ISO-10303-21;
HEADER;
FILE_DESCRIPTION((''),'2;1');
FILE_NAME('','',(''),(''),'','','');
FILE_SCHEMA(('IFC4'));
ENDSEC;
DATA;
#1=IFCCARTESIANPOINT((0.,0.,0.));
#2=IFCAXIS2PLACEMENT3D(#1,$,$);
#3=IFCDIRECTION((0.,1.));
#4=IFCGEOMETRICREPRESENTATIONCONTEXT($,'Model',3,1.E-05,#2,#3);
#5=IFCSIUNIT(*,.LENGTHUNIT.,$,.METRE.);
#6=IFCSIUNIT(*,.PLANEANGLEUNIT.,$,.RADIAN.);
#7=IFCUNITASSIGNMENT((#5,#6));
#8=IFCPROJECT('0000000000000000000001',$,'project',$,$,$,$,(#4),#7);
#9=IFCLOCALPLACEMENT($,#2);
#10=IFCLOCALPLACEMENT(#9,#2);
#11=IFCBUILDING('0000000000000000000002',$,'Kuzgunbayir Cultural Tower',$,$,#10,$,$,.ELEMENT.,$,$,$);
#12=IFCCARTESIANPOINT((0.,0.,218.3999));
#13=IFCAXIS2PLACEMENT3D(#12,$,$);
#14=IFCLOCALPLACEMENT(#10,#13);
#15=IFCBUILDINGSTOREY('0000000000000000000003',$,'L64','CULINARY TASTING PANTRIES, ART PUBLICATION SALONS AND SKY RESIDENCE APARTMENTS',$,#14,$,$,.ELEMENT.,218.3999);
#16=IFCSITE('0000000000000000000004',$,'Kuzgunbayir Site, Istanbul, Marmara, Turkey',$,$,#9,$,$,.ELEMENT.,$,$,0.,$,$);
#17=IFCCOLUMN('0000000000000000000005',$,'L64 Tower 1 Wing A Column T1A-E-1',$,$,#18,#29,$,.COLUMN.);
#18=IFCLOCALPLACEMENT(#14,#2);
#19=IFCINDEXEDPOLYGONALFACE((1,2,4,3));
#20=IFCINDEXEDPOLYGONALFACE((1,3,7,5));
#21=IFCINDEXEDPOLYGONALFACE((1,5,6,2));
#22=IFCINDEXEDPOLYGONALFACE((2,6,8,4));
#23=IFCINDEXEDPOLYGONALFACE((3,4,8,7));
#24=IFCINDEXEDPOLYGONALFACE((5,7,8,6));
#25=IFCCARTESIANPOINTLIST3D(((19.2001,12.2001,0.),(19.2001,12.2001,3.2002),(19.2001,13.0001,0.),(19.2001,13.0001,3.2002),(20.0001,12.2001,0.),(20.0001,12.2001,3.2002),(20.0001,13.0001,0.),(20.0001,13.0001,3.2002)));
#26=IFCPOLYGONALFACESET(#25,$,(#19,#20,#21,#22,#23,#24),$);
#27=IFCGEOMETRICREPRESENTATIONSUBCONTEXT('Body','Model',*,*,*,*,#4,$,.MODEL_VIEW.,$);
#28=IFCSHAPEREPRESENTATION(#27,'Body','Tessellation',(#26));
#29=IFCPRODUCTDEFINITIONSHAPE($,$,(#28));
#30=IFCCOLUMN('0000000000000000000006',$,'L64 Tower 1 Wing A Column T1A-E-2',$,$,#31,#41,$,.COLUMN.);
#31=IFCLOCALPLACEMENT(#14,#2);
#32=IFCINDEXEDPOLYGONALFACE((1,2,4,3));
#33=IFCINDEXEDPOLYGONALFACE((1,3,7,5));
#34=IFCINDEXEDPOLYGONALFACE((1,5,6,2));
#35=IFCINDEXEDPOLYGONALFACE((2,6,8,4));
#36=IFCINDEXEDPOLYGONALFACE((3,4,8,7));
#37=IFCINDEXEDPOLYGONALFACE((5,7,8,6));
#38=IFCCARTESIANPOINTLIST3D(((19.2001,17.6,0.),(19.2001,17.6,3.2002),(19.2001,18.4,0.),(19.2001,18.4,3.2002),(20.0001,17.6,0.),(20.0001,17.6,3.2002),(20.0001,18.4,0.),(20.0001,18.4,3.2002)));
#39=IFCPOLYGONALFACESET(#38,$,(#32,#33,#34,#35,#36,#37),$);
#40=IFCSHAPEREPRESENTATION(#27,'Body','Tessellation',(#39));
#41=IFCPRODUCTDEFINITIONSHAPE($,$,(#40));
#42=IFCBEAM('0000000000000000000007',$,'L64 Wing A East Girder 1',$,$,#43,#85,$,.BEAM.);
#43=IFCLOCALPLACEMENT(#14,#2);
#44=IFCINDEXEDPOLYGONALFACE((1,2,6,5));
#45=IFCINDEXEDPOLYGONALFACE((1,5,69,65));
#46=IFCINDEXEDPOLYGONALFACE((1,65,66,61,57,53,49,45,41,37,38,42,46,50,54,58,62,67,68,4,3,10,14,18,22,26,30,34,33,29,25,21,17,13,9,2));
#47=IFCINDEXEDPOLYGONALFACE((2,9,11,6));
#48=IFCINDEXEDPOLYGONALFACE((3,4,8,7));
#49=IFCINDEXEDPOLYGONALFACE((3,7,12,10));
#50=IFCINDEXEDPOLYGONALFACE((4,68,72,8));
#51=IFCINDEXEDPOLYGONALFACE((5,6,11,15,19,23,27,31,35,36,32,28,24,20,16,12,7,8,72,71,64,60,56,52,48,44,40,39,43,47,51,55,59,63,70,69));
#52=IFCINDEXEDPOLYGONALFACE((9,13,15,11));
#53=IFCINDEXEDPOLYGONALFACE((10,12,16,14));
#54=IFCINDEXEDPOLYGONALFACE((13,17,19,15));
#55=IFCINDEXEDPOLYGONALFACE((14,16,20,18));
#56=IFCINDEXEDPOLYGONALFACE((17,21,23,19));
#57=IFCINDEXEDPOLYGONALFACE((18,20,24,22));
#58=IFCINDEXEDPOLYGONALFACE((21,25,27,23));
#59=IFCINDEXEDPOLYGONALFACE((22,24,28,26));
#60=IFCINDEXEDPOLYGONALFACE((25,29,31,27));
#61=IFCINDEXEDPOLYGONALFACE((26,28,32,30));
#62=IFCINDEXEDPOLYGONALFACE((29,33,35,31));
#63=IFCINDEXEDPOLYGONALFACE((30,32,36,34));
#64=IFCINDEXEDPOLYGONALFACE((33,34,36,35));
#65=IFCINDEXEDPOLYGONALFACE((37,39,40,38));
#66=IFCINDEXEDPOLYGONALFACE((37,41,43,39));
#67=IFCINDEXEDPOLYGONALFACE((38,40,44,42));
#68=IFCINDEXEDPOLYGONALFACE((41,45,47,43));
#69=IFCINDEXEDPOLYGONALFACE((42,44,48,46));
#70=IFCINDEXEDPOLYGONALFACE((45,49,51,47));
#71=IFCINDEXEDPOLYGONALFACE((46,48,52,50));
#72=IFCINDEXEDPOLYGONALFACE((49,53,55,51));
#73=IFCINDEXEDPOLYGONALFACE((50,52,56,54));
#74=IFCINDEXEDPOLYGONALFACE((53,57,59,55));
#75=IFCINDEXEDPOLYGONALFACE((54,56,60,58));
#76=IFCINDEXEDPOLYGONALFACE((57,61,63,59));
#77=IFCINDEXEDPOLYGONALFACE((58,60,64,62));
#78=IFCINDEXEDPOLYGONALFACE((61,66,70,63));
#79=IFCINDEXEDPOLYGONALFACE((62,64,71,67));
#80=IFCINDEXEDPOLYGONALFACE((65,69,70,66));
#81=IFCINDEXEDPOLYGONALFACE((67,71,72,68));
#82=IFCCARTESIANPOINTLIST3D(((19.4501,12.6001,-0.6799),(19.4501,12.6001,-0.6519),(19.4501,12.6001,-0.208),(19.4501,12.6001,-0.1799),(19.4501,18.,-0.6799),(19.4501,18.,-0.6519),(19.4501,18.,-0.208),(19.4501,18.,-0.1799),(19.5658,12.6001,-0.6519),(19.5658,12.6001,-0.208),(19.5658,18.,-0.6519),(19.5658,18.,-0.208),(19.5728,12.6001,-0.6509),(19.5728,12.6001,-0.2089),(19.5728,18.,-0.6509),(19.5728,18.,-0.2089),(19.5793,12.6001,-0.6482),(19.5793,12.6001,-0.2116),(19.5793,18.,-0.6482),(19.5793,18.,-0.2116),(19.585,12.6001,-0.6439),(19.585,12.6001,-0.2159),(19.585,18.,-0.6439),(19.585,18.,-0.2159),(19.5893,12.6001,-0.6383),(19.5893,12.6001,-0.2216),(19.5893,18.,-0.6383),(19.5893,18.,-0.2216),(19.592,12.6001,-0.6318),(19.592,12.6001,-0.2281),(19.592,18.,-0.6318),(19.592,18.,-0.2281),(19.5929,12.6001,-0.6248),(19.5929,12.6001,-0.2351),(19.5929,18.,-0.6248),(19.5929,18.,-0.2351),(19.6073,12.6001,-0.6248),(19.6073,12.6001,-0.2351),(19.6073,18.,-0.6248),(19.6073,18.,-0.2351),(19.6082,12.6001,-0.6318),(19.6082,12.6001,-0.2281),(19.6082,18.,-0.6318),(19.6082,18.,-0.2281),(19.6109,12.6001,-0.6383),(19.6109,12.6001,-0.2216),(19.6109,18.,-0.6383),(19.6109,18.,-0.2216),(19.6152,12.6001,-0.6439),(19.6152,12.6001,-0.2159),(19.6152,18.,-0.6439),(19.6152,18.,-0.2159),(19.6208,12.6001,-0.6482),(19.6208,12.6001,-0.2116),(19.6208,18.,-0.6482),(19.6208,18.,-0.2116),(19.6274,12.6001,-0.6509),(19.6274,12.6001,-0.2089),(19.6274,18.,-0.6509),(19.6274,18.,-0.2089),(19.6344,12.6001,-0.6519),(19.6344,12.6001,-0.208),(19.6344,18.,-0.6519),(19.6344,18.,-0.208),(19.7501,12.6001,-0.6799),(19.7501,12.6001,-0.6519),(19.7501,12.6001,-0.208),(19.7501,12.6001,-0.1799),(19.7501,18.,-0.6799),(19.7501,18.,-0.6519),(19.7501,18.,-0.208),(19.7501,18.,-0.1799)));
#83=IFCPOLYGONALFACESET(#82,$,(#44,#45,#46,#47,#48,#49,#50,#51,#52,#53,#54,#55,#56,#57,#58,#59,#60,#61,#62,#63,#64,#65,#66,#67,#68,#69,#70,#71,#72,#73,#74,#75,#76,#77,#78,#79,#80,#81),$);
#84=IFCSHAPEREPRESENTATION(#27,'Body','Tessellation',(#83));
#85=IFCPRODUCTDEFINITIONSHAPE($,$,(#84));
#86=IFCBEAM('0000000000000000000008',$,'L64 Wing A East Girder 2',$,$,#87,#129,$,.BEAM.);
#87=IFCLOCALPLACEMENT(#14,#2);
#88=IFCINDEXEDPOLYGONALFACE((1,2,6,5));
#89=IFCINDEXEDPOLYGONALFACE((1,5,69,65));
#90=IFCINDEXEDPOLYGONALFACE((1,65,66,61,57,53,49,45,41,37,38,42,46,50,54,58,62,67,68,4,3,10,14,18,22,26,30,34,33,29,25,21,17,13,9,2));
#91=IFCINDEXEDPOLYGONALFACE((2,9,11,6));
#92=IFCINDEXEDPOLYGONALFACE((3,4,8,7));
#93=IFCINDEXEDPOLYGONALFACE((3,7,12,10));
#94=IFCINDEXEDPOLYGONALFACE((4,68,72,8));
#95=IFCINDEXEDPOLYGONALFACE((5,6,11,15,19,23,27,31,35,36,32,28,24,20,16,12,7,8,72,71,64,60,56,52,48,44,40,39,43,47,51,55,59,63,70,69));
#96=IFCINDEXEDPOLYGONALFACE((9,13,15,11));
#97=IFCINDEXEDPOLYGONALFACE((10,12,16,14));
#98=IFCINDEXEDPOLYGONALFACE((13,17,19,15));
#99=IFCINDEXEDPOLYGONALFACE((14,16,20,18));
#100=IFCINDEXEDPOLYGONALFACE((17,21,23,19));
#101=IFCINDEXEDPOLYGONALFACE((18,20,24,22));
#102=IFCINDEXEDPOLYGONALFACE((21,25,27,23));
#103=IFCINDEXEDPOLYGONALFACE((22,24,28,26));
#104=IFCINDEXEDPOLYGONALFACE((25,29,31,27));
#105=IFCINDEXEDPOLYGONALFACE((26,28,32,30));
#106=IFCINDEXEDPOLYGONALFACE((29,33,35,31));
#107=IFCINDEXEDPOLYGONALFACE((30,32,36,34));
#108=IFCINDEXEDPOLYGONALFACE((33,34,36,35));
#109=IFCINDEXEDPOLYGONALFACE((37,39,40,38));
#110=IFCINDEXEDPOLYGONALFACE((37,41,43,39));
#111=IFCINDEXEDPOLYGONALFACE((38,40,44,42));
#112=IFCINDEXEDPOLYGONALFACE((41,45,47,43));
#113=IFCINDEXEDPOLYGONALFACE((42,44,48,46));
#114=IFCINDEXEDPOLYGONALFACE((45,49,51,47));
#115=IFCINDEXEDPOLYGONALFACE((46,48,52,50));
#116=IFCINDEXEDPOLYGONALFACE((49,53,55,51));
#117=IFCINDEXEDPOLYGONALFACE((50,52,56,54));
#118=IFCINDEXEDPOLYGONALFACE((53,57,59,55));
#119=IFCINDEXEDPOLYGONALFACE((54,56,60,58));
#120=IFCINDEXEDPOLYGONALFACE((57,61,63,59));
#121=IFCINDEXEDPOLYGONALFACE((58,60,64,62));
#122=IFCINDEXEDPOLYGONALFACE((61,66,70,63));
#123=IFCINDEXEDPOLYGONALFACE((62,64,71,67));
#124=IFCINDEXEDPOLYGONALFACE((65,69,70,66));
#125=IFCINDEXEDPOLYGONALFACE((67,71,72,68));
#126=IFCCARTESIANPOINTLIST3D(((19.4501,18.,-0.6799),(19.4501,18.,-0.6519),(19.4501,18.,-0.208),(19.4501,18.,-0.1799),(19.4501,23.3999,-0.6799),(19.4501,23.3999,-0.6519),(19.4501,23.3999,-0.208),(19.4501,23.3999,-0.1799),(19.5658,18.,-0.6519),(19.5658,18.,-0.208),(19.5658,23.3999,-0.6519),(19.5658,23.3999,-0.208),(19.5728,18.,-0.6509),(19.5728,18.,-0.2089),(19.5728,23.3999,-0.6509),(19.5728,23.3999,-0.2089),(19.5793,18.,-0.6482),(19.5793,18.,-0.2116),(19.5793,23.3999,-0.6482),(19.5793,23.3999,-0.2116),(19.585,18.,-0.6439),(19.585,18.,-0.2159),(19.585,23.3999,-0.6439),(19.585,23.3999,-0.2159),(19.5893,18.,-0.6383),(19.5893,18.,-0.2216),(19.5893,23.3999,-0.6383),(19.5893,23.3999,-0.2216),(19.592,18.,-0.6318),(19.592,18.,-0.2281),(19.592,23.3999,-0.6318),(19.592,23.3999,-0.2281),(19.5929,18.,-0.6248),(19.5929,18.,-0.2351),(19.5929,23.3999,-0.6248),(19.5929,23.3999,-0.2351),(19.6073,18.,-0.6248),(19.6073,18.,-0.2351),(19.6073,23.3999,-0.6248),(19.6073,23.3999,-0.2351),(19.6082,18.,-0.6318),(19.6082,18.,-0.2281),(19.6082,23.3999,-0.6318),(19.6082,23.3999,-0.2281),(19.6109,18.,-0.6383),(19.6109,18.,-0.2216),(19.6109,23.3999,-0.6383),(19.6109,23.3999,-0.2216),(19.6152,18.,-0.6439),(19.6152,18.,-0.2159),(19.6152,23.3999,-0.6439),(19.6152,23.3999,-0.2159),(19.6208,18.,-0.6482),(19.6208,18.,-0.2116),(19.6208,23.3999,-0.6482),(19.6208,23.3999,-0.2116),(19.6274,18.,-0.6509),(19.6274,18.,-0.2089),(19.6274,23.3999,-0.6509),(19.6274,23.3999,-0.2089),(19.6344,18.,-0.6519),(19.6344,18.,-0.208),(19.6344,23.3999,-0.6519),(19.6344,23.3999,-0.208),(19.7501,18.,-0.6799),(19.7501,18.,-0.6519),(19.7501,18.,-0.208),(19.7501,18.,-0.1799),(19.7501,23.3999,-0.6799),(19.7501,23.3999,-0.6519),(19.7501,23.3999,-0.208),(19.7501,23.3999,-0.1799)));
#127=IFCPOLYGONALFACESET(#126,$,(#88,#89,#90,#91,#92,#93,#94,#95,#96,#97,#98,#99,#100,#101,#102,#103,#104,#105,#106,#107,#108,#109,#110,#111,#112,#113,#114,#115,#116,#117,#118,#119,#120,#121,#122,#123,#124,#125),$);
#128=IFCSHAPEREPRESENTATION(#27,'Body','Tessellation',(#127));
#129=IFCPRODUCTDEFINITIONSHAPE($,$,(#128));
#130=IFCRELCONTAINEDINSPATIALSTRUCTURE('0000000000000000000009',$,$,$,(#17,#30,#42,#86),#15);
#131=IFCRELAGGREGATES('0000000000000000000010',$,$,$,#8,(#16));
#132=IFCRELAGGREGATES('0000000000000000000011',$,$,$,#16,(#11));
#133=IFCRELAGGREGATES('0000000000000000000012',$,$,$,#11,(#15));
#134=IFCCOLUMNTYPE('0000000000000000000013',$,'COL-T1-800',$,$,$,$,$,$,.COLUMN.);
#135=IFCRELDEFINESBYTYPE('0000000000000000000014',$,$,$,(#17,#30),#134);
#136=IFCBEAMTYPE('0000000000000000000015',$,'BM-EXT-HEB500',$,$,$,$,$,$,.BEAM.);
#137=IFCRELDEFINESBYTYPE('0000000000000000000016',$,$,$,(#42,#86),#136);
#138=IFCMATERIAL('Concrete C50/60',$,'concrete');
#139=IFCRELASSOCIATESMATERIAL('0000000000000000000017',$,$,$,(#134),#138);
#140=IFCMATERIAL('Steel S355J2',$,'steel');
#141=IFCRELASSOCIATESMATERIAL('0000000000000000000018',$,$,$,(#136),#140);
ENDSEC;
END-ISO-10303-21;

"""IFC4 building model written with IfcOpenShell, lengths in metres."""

from ifc_helpers import new_model, si_unit, direction, frame, origin, origin_2d, place, context, subcontext, project, spatial, rectangle, i_section, extrude, material, material_profile, profile_set, type_object, element, save


model = new_model("IFC4")

# Units and contexts
model_context = context("Model", 3, precision=1e-05, world=origin(), true_north=direction((0.0, 1.0)))
body_context = subcontext(model_context, "Body", "Model", "MODEL_VIEW")
ifc_project = project(units=[si_unit("LENGTHUNIT", "METRE"), si_unit("PLANEANGLEUNIT", "RADIAN")], contexts=[model_context])

# Site, building, storey
site_placement = place(None, origin())
site = spatial("IfcSite", under=ifc_project, at=site_placement, Name="Kuzgunbayir Site, Istanbul, Marmara, Turkey", CompositionType="ELEMENT", RefElevation=0.0)
building_placement = place(site_placement, origin())
building = spatial("IfcBuilding", under=site, at=building_placement, Name="Kuzgunbayir Cultural Tower", CompositionType="ELEMENT")
storey_placement = place(building_placement, frame((0.0, 0.0, 218.3999)))
storey = spatial("IfcBuildingStorey", under=building, at=storey_placement, Name="L64", Description="CULINARY TASTING PANTRIES, ART PUBLICATION SALONS AND SKY RESIDENCE APARTMENTS", CompositionType="ELEMENT", Elevation=218.3999)

# Columns
ifc_material_1 = material(Name="Concrete C50/60", Category="concrete")
ifc_material_profile_1 = material_profile(ifc_material_1, rectangle(XDim=0.8, YDim=0.8, at=origin_2d()), Name="RC 800x800")
ifc_profile_set_1 = profile_set([ifc_material_profile_1], Name="Concrete C50/60")
column_type = type_object("IfcColumnType", Name="COL-T1-800", PredefinedType="COLUMN", material=ifc_profile_set_1)
for number, where, z_axis, x_axis, name in (
    (1, (19.6001, 12.6001, 0.0), (0.0, 0.0, 1.0), (1.0, 0.0, 0.0), "L64 Tower 1 Wing A Column T1A-E-1"),
    (2, (19.6001, 18.0, 0.0), (0.0, 0.0, 1.0), (1.0, 0.0, 0.0), "L64 Tower 1 Wing A Column T1A-E-2"),
):
    element("IfcColumn", number, at=place(storey_placement, frame(where, z_axis=z_axis, x_axis=x_axis)), inside=storey, type_object=column_type, Name=name, PredefinedType="COLUMN", context=body_context, shape_type="SweptSolid", body=[
        extrude(rectangle(XDim=0.8, YDim=0.8, at=origin_2d()), origin(), (0.0, 0.0, 1.0), 3.2002),
    ])

# Beams
ifc_material_2 = material(Name="Steel S355J2", Category="steel")
ifc_material_profile_2 = material_profile(ifc_material_2, i_section(OverallWidth=0.3, OverallDepth=0.5, WebThickness=0.0144, FlangeThickness=0.0281, FilletRadius=0.0271, at=origin_2d()), Name="HEB 500")
ifc_profile_set_2 = profile_set([ifc_material_profile_2], Name="Steel S355J2")
beam_type = type_object("IfcBeamType", Name="BM-EXT-HEB500", PredefinedType="BEAM", material=ifc_profile_set_2)
for number, where, z_axis, x_axis, name in (
    (3, (19.6001, 12.6001, -0.4299), (0.0, 1.0, 0.0), (-1.0, 0.0, 0.0), "L64 Wing A East Girder 1"),
    (4, (19.6001, 18.0, -0.4299), (0.0, 1.0, 0.0), (-1.0, 0.0, 0.0), "L64 Wing A East Girder 2"),
):
    element("IfcBeam", number, at=place(storey_placement, frame(where, z_axis=z_axis, x_axis=x_axis)), inside=storey, type_object=beam_type, Name=name, PredefinedType="BEAM", context=body_context, shape_type="SweptSolid", body=[
        extrude(i_section(OverallWidth=0.3, OverallDepth=0.5, WebThickness=0.0144, FlangeThickness=0.0281, FilletRadius=0.0271, at=origin_2d()), origin(), (0.0, 0.0, 1.0), 5.3999),
    ])

save(model, "model.ifc")
